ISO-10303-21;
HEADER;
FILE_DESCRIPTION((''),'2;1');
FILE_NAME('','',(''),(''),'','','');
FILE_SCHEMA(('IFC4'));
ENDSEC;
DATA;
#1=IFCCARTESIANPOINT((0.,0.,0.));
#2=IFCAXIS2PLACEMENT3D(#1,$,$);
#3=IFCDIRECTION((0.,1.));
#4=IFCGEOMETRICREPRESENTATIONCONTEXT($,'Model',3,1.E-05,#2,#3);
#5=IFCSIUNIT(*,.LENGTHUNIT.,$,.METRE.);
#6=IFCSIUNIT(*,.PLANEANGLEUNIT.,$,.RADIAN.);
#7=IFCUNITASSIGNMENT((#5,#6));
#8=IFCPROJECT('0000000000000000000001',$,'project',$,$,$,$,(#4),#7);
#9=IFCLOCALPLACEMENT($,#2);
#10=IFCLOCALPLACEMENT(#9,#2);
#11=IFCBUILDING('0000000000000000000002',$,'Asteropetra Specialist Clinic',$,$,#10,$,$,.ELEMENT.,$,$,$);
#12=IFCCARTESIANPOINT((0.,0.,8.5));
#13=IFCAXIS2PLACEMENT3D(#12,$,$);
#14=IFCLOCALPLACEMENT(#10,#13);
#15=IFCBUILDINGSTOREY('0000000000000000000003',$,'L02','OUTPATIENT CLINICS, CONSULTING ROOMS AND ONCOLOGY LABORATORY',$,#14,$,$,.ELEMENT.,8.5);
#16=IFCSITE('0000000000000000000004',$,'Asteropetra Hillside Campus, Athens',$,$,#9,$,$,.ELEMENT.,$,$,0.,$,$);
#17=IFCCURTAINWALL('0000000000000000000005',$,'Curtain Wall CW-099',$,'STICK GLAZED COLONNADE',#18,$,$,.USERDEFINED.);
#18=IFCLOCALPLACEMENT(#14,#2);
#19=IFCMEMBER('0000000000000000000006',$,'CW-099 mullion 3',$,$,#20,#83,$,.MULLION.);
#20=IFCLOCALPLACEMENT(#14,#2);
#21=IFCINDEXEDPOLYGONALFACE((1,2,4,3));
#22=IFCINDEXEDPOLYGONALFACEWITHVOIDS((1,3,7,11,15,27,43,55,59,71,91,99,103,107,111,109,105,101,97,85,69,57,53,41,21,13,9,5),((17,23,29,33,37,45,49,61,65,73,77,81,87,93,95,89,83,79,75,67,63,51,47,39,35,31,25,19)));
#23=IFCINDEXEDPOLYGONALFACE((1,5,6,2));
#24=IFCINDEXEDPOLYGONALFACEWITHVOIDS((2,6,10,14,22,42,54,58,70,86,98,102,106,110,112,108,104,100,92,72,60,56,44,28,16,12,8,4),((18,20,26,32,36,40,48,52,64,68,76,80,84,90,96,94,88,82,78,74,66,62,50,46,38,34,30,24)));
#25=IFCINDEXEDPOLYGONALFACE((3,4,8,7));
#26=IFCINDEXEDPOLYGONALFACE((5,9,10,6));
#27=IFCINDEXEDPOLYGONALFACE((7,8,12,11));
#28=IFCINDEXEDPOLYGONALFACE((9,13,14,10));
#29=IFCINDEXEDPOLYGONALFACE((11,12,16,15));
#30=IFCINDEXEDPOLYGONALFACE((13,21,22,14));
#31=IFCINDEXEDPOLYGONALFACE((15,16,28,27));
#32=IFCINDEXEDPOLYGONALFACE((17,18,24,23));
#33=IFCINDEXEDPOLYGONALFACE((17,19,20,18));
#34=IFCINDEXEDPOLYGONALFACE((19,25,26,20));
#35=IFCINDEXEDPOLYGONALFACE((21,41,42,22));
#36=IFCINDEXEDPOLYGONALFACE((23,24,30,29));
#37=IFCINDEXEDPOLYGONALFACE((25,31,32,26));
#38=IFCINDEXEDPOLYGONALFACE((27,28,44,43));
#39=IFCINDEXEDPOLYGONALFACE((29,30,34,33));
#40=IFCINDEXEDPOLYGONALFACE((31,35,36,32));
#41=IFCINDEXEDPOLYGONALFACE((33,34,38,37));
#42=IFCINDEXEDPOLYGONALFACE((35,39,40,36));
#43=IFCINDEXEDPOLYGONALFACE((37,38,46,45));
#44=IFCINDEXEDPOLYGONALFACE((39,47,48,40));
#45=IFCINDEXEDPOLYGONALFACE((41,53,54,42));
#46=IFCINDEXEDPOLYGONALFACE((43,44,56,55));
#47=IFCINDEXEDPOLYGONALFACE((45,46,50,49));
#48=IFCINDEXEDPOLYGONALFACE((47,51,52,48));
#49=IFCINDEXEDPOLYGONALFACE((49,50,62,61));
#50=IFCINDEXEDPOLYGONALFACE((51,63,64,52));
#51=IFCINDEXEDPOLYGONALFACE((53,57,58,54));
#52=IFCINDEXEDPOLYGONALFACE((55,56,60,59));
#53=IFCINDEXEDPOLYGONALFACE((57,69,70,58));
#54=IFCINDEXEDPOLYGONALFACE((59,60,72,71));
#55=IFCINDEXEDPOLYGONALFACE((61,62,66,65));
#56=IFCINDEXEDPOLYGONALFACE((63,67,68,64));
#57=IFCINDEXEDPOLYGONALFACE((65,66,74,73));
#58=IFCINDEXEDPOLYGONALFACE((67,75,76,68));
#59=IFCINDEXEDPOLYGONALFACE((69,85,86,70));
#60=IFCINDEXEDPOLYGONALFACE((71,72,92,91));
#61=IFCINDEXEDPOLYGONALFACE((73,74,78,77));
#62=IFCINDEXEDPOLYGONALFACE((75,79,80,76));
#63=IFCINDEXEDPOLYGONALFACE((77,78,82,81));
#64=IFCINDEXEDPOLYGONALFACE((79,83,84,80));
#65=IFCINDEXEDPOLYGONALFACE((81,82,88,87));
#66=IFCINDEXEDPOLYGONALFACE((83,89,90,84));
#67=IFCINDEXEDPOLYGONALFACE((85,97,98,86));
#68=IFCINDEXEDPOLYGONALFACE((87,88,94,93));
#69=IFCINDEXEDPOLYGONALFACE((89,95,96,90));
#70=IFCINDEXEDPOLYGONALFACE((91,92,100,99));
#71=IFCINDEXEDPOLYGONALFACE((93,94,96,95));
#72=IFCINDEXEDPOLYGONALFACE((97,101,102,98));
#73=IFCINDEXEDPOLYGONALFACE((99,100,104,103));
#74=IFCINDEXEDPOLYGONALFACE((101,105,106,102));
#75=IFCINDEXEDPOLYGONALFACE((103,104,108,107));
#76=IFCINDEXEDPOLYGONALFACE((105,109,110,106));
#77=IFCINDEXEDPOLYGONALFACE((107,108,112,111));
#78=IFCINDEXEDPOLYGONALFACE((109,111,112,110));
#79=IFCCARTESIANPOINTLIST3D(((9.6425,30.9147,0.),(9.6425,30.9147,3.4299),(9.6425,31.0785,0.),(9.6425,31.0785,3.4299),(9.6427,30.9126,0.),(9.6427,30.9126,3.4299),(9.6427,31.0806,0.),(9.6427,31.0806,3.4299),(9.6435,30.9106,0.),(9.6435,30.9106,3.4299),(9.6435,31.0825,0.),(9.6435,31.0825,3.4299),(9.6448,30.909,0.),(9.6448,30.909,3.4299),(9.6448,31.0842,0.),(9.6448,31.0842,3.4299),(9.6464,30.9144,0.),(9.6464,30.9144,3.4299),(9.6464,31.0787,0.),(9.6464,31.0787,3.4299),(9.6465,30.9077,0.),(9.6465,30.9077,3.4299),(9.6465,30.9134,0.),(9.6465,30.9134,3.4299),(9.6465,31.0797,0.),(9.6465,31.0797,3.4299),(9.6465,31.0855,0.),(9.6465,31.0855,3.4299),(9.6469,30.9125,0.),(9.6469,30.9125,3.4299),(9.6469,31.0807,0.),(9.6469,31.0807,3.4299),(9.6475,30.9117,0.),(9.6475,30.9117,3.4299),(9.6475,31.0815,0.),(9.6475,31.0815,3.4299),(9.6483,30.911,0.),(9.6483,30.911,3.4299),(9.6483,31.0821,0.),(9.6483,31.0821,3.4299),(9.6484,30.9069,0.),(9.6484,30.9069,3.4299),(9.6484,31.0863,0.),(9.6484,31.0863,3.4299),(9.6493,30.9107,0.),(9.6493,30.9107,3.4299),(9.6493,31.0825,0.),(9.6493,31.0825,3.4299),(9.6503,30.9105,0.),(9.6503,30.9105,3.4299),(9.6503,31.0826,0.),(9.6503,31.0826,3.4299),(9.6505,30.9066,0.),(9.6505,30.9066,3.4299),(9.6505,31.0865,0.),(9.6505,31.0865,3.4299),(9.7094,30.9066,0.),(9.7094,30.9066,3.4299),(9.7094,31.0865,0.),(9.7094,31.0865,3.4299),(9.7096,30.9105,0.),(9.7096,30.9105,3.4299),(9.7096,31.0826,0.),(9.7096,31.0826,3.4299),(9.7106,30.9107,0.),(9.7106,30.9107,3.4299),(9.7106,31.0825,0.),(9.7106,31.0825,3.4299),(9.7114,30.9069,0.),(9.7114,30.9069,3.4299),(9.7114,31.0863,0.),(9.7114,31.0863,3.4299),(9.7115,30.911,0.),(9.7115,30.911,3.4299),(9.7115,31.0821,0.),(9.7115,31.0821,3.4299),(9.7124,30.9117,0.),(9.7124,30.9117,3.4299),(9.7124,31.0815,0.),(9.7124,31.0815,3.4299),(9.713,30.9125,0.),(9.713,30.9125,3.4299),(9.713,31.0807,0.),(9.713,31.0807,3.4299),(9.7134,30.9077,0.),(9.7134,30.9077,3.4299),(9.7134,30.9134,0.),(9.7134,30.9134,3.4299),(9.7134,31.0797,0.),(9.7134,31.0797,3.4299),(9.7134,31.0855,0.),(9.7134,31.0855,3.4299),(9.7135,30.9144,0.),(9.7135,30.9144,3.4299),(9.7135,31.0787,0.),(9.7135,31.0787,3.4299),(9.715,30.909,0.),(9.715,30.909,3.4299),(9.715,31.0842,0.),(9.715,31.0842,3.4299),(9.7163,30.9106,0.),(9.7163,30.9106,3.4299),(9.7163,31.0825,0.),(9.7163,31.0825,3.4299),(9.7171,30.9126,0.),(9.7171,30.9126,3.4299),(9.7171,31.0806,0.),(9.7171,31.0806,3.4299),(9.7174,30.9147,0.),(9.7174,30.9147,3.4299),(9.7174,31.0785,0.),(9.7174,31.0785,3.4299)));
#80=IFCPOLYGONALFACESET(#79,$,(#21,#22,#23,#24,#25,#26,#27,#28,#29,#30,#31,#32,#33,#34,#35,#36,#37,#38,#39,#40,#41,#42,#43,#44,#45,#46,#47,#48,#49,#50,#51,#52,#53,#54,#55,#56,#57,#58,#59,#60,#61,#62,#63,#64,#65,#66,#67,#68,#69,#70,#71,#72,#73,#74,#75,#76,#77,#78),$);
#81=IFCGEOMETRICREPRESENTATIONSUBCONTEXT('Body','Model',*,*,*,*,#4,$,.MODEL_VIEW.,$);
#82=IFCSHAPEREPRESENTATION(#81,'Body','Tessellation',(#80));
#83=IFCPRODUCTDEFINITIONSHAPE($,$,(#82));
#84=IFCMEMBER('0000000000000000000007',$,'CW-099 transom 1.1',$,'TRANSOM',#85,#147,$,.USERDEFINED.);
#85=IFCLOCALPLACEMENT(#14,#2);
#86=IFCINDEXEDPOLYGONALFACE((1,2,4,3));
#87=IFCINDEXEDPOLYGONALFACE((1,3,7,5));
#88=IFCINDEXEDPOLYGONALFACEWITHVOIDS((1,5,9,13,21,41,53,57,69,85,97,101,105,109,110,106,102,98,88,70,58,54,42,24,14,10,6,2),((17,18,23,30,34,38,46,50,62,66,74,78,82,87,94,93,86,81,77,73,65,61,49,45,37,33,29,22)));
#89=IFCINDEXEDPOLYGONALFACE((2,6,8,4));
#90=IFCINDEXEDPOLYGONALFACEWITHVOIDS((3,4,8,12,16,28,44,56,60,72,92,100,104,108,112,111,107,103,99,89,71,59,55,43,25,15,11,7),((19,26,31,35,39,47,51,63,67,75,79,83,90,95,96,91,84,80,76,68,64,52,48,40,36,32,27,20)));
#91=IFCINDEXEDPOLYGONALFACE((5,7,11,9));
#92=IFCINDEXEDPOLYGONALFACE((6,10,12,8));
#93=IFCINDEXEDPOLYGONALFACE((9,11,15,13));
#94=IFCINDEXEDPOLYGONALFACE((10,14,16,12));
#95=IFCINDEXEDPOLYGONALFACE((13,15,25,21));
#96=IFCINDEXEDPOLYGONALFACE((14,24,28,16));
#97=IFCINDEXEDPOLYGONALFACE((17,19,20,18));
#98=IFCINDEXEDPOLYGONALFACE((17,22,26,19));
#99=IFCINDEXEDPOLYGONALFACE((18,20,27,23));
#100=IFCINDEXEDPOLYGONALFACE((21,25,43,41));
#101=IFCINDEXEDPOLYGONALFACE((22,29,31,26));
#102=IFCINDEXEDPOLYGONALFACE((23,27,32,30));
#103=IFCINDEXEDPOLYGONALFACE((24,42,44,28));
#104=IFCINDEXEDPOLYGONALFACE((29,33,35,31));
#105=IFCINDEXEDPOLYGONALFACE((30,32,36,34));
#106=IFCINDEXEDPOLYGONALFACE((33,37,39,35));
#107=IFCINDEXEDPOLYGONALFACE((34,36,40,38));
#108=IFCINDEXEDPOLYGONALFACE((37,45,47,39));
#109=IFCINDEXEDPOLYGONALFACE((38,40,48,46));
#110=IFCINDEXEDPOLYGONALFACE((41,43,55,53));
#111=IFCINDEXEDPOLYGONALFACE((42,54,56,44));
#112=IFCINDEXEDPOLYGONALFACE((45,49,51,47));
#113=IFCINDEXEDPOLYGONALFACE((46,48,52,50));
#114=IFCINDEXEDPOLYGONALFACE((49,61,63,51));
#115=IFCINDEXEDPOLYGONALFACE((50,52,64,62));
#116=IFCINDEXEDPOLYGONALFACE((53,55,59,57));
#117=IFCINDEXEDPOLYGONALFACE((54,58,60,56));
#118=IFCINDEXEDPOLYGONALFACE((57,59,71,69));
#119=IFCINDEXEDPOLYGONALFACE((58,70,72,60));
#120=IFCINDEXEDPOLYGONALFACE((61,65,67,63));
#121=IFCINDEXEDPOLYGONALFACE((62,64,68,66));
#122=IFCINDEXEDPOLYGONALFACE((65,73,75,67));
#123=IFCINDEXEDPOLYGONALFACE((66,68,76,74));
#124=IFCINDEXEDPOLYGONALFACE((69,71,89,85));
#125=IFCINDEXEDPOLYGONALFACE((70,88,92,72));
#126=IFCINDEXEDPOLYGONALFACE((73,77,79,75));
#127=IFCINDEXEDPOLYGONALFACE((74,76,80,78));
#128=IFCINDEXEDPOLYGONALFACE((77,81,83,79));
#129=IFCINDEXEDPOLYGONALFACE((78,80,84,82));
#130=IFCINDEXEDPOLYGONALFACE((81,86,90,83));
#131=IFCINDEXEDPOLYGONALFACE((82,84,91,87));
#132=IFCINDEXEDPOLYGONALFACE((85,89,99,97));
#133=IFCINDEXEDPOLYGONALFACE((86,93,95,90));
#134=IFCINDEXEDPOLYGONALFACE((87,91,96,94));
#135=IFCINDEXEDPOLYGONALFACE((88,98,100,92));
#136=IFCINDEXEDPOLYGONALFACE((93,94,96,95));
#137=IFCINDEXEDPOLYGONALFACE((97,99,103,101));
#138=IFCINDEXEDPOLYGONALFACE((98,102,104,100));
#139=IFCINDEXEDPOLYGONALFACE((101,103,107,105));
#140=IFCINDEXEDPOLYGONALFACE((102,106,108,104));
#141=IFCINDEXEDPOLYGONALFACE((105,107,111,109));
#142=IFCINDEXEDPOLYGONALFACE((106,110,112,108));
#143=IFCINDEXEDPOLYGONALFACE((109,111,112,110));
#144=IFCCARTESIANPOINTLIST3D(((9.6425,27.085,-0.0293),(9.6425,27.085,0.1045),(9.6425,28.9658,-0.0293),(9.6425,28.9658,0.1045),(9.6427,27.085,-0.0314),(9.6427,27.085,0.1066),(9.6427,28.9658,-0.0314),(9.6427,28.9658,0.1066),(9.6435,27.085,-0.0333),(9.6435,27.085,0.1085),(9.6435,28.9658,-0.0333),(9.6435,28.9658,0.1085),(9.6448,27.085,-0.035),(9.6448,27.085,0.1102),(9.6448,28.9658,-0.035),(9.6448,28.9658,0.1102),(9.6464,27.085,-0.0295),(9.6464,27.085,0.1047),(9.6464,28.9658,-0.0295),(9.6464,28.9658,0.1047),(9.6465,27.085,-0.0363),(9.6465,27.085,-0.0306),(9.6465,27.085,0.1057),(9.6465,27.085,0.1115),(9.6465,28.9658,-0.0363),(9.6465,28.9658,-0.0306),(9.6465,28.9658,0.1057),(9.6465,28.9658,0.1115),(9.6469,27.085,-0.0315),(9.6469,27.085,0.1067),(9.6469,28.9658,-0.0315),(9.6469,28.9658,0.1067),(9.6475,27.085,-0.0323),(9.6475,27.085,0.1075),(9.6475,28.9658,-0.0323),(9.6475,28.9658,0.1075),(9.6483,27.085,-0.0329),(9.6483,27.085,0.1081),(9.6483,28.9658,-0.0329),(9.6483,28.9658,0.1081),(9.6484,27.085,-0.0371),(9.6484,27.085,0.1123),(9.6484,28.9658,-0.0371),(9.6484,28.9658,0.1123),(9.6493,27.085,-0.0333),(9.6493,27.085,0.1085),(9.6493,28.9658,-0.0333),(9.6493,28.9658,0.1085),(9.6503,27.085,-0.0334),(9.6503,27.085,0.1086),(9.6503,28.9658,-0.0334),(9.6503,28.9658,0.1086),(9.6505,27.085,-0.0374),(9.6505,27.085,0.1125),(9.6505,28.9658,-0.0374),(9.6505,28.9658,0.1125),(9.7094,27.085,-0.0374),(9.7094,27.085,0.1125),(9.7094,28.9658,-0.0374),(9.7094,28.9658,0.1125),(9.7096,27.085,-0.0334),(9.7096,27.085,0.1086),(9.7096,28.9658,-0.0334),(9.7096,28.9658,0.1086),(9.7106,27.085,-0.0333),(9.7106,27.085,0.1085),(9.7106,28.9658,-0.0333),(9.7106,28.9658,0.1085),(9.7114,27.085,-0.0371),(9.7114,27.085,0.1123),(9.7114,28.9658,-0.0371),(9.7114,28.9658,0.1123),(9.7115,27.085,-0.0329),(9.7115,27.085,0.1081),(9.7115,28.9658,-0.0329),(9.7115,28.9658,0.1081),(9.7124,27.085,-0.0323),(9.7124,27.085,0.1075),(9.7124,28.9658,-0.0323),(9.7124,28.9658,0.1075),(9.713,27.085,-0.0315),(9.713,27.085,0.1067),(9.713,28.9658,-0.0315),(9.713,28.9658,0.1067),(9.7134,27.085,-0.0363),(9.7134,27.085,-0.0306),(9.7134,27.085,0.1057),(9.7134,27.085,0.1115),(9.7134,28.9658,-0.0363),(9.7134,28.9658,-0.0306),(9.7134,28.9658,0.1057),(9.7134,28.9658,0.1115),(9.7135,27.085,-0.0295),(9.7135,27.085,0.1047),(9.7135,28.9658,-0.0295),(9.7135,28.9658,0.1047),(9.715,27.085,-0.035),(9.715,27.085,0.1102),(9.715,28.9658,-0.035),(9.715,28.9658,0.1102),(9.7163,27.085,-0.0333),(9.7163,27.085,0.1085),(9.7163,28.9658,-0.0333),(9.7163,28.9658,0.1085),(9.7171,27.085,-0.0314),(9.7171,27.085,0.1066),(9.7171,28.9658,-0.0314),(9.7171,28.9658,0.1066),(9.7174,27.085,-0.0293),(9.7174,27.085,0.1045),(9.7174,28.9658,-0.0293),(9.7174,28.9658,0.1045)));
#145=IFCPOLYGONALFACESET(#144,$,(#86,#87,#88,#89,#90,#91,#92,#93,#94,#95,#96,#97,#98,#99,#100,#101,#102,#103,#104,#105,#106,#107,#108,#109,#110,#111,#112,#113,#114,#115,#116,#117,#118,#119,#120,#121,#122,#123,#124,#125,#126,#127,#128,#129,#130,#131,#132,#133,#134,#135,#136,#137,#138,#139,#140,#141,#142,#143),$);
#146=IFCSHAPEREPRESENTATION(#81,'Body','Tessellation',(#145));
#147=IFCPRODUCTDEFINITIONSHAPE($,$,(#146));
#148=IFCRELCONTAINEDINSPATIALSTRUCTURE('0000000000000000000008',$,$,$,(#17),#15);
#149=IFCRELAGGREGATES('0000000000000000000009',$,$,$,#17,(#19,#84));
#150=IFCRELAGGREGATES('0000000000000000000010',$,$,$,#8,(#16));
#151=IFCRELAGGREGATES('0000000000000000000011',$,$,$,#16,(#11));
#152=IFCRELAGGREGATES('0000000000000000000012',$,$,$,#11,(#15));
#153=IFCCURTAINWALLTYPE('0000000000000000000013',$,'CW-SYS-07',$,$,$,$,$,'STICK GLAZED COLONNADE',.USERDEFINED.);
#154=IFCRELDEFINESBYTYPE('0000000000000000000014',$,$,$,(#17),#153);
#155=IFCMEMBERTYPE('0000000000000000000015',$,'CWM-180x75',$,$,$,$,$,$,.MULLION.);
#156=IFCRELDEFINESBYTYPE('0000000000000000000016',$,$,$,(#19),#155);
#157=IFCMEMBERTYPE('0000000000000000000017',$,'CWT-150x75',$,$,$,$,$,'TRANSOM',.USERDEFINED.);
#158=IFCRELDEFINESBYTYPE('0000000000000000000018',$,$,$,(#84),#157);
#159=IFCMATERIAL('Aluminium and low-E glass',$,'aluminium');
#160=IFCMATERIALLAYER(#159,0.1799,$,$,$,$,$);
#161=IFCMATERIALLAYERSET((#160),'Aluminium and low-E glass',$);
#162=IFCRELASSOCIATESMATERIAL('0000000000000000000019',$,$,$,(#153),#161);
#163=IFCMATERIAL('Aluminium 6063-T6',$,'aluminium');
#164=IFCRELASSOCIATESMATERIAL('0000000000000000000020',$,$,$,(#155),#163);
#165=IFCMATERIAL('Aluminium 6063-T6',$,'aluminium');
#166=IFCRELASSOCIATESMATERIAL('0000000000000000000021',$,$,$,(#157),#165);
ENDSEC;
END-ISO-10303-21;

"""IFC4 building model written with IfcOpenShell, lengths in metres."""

from ifc_helpers import new_model, si_unit, direction, frame, origin, origin_2d, place, context, subcontext, project, spatial, hollow_rectangle, extrude, material, layer, layer_set, material_profile, profile_set, type_object, element, aggregate, save


model = new_model("IFC4")

# Units and contexts
model_context = context("Model", 3, precision=1e-05, world=origin(), true_north=direction((0.0, 1.0)))
body_context = subcontext(model_context, "Body", "Model", "MODEL_VIEW")
ifc_project = project(units=[si_unit("LENGTHUNIT", "METRE"), si_unit("PLANEANGLEUNIT", "RADIAN")], contexts=[model_context])

# Site, building, storey
site_placement = place(None, origin())
site = spatial("IfcSite", under=ifc_project, at=site_placement, Name="Asteropetra Hillside Campus, Athens", CompositionType="ELEMENT", RefElevation=0.0)
building_placement = place(site_placement, origin())
building = spatial("IfcBuilding", under=site, at=building_placement, Name="Asteropetra Specialist Clinic", CompositionType="ELEMENT")
storey_placement = place(building_placement, frame((0.0, 0.0, 8.5)))
storey = spatial("IfcBuildingStorey", under=building, at=storey_placement, Name="L02", Description="OUTPATIENT CLINICS, CONSULTING ROOMS AND ONCOLOGY LABORATORY", CompositionType="ELEMENT", Elevation=8.5)

# Curtain wall, members
ifc_material_1 = material(Name="Aluminium and low-E glass", Category="aluminium")
ifc_layer_1 = layer(ifc_material_1, 0.1799)
ifc_layer_set_1 = layer_set([ifc_layer_1], Name="Aluminium and low-E glass")
curtain_wall_type = type_object("IfcCurtainWallType", Name="CW-SYS-07", ElementType="STICK GLAZED COLONNADE", PredefinedType="USERDEFINED", material=ifc_layer_set_1)
curtain_wall_placement = place(storey_placement, origin())
curtain_wall = element("IfcCurtainWall", 1, at=curtain_wall_placement, inside=storey, type_object=curtain_wall_type, Name="Curtain Wall CW-099", ObjectType="STICK GLAZED COLONNADE", PredefinedType="USERDEFINED")
ifc_material_2 = material(Name="Aluminium 6063-T6", Category="aluminium")
ifc_material_profile_1 = material_profile(ifc_material_2, hollow_rectangle(XDim=0.075, YDim=0.1799, WallThickness=0.0039, InnerFilletRadius=0.0039, OuterFilletRadius=0.0081, at=origin_2d()), Name="MUL 180x75x4.0")
ifc_profile_set_1 = profile_set([ifc_material_profile_1], Name="Aluminium 6063-T6")
member_type_1 = type_object("IfcMemberType", Name="CWM-180x75", PredefinedType="MULLION", material=ifc_profile_set_1)
member_1_placement = place(storey_placement, frame((9.6799, 30.9966, 0.0), z_axis=(0.0, 0.0, 1.0), x_axis=(-1.0, 0.0, 0.0)))
member_1 = element("IfcMember", 2, at=member_1_placement, type_object=member_type_1, Name="CW-099 mullion 3", PredefinedType="MULLION", context=body_context, shape_type="SweptSolid", body=[
    extrude(hollow_rectangle(XDim=0.075, YDim=0.1799, WallThickness=0.0039, InnerFilletRadius=0.0039, OuterFilletRadius=0.0081, at=origin_2d()), origin(), (0.0, 0.0, 1.0), 3.4299),
])
ifc_material_3 = material(Name="Aluminium 6063-T6", Category="aluminium")
ifc_material_profile_2 = material_profile(ifc_material_3, hollow_rectangle(XDim=0.075, YDim=0.1499, WallThickness=0.0039, InnerFilletRadius=0.0039, OuterFilletRadius=0.0081, at=origin_2d()), Name="TRN 150x75x4.0")
ifc_profile_set_2 = profile_set([ifc_material_profile_2], Name="Aluminium 6063-T6")
member_type_2 = type_object("IfcMemberType", Name="CWT-150x75", ElementType="TRANSOM", PredefinedType="USERDEFINED", material=ifc_profile_set_2)
member_2_placement = place(storey_placement, frame((9.6799, 27.085, 0.0376), z_axis=(0.0, 1.0, 0.0), x_axis=(-1.0, 0.0, 0.0)))
member_2 = element("IfcMember", 3, at=member_2_placement, type_object=member_type_2, Name="CW-099 transom 1.1", ObjectType="TRANSOM", PredefinedType="USERDEFINED", context=body_context, shape_type="SweptSolid", body=[
    extrude(hollow_rectangle(XDim=0.075, YDim=0.1499, WallThickness=0.0039, InnerFilletRadius=0.0039, OuterFilletRadius=0.0081, at=origin_2d()), origin(), (0.0, 0.0, 1.0), 1.8809),
])

aggregate(curtain_wall, [member_1, member_2])

save(model, "model.ifc")
